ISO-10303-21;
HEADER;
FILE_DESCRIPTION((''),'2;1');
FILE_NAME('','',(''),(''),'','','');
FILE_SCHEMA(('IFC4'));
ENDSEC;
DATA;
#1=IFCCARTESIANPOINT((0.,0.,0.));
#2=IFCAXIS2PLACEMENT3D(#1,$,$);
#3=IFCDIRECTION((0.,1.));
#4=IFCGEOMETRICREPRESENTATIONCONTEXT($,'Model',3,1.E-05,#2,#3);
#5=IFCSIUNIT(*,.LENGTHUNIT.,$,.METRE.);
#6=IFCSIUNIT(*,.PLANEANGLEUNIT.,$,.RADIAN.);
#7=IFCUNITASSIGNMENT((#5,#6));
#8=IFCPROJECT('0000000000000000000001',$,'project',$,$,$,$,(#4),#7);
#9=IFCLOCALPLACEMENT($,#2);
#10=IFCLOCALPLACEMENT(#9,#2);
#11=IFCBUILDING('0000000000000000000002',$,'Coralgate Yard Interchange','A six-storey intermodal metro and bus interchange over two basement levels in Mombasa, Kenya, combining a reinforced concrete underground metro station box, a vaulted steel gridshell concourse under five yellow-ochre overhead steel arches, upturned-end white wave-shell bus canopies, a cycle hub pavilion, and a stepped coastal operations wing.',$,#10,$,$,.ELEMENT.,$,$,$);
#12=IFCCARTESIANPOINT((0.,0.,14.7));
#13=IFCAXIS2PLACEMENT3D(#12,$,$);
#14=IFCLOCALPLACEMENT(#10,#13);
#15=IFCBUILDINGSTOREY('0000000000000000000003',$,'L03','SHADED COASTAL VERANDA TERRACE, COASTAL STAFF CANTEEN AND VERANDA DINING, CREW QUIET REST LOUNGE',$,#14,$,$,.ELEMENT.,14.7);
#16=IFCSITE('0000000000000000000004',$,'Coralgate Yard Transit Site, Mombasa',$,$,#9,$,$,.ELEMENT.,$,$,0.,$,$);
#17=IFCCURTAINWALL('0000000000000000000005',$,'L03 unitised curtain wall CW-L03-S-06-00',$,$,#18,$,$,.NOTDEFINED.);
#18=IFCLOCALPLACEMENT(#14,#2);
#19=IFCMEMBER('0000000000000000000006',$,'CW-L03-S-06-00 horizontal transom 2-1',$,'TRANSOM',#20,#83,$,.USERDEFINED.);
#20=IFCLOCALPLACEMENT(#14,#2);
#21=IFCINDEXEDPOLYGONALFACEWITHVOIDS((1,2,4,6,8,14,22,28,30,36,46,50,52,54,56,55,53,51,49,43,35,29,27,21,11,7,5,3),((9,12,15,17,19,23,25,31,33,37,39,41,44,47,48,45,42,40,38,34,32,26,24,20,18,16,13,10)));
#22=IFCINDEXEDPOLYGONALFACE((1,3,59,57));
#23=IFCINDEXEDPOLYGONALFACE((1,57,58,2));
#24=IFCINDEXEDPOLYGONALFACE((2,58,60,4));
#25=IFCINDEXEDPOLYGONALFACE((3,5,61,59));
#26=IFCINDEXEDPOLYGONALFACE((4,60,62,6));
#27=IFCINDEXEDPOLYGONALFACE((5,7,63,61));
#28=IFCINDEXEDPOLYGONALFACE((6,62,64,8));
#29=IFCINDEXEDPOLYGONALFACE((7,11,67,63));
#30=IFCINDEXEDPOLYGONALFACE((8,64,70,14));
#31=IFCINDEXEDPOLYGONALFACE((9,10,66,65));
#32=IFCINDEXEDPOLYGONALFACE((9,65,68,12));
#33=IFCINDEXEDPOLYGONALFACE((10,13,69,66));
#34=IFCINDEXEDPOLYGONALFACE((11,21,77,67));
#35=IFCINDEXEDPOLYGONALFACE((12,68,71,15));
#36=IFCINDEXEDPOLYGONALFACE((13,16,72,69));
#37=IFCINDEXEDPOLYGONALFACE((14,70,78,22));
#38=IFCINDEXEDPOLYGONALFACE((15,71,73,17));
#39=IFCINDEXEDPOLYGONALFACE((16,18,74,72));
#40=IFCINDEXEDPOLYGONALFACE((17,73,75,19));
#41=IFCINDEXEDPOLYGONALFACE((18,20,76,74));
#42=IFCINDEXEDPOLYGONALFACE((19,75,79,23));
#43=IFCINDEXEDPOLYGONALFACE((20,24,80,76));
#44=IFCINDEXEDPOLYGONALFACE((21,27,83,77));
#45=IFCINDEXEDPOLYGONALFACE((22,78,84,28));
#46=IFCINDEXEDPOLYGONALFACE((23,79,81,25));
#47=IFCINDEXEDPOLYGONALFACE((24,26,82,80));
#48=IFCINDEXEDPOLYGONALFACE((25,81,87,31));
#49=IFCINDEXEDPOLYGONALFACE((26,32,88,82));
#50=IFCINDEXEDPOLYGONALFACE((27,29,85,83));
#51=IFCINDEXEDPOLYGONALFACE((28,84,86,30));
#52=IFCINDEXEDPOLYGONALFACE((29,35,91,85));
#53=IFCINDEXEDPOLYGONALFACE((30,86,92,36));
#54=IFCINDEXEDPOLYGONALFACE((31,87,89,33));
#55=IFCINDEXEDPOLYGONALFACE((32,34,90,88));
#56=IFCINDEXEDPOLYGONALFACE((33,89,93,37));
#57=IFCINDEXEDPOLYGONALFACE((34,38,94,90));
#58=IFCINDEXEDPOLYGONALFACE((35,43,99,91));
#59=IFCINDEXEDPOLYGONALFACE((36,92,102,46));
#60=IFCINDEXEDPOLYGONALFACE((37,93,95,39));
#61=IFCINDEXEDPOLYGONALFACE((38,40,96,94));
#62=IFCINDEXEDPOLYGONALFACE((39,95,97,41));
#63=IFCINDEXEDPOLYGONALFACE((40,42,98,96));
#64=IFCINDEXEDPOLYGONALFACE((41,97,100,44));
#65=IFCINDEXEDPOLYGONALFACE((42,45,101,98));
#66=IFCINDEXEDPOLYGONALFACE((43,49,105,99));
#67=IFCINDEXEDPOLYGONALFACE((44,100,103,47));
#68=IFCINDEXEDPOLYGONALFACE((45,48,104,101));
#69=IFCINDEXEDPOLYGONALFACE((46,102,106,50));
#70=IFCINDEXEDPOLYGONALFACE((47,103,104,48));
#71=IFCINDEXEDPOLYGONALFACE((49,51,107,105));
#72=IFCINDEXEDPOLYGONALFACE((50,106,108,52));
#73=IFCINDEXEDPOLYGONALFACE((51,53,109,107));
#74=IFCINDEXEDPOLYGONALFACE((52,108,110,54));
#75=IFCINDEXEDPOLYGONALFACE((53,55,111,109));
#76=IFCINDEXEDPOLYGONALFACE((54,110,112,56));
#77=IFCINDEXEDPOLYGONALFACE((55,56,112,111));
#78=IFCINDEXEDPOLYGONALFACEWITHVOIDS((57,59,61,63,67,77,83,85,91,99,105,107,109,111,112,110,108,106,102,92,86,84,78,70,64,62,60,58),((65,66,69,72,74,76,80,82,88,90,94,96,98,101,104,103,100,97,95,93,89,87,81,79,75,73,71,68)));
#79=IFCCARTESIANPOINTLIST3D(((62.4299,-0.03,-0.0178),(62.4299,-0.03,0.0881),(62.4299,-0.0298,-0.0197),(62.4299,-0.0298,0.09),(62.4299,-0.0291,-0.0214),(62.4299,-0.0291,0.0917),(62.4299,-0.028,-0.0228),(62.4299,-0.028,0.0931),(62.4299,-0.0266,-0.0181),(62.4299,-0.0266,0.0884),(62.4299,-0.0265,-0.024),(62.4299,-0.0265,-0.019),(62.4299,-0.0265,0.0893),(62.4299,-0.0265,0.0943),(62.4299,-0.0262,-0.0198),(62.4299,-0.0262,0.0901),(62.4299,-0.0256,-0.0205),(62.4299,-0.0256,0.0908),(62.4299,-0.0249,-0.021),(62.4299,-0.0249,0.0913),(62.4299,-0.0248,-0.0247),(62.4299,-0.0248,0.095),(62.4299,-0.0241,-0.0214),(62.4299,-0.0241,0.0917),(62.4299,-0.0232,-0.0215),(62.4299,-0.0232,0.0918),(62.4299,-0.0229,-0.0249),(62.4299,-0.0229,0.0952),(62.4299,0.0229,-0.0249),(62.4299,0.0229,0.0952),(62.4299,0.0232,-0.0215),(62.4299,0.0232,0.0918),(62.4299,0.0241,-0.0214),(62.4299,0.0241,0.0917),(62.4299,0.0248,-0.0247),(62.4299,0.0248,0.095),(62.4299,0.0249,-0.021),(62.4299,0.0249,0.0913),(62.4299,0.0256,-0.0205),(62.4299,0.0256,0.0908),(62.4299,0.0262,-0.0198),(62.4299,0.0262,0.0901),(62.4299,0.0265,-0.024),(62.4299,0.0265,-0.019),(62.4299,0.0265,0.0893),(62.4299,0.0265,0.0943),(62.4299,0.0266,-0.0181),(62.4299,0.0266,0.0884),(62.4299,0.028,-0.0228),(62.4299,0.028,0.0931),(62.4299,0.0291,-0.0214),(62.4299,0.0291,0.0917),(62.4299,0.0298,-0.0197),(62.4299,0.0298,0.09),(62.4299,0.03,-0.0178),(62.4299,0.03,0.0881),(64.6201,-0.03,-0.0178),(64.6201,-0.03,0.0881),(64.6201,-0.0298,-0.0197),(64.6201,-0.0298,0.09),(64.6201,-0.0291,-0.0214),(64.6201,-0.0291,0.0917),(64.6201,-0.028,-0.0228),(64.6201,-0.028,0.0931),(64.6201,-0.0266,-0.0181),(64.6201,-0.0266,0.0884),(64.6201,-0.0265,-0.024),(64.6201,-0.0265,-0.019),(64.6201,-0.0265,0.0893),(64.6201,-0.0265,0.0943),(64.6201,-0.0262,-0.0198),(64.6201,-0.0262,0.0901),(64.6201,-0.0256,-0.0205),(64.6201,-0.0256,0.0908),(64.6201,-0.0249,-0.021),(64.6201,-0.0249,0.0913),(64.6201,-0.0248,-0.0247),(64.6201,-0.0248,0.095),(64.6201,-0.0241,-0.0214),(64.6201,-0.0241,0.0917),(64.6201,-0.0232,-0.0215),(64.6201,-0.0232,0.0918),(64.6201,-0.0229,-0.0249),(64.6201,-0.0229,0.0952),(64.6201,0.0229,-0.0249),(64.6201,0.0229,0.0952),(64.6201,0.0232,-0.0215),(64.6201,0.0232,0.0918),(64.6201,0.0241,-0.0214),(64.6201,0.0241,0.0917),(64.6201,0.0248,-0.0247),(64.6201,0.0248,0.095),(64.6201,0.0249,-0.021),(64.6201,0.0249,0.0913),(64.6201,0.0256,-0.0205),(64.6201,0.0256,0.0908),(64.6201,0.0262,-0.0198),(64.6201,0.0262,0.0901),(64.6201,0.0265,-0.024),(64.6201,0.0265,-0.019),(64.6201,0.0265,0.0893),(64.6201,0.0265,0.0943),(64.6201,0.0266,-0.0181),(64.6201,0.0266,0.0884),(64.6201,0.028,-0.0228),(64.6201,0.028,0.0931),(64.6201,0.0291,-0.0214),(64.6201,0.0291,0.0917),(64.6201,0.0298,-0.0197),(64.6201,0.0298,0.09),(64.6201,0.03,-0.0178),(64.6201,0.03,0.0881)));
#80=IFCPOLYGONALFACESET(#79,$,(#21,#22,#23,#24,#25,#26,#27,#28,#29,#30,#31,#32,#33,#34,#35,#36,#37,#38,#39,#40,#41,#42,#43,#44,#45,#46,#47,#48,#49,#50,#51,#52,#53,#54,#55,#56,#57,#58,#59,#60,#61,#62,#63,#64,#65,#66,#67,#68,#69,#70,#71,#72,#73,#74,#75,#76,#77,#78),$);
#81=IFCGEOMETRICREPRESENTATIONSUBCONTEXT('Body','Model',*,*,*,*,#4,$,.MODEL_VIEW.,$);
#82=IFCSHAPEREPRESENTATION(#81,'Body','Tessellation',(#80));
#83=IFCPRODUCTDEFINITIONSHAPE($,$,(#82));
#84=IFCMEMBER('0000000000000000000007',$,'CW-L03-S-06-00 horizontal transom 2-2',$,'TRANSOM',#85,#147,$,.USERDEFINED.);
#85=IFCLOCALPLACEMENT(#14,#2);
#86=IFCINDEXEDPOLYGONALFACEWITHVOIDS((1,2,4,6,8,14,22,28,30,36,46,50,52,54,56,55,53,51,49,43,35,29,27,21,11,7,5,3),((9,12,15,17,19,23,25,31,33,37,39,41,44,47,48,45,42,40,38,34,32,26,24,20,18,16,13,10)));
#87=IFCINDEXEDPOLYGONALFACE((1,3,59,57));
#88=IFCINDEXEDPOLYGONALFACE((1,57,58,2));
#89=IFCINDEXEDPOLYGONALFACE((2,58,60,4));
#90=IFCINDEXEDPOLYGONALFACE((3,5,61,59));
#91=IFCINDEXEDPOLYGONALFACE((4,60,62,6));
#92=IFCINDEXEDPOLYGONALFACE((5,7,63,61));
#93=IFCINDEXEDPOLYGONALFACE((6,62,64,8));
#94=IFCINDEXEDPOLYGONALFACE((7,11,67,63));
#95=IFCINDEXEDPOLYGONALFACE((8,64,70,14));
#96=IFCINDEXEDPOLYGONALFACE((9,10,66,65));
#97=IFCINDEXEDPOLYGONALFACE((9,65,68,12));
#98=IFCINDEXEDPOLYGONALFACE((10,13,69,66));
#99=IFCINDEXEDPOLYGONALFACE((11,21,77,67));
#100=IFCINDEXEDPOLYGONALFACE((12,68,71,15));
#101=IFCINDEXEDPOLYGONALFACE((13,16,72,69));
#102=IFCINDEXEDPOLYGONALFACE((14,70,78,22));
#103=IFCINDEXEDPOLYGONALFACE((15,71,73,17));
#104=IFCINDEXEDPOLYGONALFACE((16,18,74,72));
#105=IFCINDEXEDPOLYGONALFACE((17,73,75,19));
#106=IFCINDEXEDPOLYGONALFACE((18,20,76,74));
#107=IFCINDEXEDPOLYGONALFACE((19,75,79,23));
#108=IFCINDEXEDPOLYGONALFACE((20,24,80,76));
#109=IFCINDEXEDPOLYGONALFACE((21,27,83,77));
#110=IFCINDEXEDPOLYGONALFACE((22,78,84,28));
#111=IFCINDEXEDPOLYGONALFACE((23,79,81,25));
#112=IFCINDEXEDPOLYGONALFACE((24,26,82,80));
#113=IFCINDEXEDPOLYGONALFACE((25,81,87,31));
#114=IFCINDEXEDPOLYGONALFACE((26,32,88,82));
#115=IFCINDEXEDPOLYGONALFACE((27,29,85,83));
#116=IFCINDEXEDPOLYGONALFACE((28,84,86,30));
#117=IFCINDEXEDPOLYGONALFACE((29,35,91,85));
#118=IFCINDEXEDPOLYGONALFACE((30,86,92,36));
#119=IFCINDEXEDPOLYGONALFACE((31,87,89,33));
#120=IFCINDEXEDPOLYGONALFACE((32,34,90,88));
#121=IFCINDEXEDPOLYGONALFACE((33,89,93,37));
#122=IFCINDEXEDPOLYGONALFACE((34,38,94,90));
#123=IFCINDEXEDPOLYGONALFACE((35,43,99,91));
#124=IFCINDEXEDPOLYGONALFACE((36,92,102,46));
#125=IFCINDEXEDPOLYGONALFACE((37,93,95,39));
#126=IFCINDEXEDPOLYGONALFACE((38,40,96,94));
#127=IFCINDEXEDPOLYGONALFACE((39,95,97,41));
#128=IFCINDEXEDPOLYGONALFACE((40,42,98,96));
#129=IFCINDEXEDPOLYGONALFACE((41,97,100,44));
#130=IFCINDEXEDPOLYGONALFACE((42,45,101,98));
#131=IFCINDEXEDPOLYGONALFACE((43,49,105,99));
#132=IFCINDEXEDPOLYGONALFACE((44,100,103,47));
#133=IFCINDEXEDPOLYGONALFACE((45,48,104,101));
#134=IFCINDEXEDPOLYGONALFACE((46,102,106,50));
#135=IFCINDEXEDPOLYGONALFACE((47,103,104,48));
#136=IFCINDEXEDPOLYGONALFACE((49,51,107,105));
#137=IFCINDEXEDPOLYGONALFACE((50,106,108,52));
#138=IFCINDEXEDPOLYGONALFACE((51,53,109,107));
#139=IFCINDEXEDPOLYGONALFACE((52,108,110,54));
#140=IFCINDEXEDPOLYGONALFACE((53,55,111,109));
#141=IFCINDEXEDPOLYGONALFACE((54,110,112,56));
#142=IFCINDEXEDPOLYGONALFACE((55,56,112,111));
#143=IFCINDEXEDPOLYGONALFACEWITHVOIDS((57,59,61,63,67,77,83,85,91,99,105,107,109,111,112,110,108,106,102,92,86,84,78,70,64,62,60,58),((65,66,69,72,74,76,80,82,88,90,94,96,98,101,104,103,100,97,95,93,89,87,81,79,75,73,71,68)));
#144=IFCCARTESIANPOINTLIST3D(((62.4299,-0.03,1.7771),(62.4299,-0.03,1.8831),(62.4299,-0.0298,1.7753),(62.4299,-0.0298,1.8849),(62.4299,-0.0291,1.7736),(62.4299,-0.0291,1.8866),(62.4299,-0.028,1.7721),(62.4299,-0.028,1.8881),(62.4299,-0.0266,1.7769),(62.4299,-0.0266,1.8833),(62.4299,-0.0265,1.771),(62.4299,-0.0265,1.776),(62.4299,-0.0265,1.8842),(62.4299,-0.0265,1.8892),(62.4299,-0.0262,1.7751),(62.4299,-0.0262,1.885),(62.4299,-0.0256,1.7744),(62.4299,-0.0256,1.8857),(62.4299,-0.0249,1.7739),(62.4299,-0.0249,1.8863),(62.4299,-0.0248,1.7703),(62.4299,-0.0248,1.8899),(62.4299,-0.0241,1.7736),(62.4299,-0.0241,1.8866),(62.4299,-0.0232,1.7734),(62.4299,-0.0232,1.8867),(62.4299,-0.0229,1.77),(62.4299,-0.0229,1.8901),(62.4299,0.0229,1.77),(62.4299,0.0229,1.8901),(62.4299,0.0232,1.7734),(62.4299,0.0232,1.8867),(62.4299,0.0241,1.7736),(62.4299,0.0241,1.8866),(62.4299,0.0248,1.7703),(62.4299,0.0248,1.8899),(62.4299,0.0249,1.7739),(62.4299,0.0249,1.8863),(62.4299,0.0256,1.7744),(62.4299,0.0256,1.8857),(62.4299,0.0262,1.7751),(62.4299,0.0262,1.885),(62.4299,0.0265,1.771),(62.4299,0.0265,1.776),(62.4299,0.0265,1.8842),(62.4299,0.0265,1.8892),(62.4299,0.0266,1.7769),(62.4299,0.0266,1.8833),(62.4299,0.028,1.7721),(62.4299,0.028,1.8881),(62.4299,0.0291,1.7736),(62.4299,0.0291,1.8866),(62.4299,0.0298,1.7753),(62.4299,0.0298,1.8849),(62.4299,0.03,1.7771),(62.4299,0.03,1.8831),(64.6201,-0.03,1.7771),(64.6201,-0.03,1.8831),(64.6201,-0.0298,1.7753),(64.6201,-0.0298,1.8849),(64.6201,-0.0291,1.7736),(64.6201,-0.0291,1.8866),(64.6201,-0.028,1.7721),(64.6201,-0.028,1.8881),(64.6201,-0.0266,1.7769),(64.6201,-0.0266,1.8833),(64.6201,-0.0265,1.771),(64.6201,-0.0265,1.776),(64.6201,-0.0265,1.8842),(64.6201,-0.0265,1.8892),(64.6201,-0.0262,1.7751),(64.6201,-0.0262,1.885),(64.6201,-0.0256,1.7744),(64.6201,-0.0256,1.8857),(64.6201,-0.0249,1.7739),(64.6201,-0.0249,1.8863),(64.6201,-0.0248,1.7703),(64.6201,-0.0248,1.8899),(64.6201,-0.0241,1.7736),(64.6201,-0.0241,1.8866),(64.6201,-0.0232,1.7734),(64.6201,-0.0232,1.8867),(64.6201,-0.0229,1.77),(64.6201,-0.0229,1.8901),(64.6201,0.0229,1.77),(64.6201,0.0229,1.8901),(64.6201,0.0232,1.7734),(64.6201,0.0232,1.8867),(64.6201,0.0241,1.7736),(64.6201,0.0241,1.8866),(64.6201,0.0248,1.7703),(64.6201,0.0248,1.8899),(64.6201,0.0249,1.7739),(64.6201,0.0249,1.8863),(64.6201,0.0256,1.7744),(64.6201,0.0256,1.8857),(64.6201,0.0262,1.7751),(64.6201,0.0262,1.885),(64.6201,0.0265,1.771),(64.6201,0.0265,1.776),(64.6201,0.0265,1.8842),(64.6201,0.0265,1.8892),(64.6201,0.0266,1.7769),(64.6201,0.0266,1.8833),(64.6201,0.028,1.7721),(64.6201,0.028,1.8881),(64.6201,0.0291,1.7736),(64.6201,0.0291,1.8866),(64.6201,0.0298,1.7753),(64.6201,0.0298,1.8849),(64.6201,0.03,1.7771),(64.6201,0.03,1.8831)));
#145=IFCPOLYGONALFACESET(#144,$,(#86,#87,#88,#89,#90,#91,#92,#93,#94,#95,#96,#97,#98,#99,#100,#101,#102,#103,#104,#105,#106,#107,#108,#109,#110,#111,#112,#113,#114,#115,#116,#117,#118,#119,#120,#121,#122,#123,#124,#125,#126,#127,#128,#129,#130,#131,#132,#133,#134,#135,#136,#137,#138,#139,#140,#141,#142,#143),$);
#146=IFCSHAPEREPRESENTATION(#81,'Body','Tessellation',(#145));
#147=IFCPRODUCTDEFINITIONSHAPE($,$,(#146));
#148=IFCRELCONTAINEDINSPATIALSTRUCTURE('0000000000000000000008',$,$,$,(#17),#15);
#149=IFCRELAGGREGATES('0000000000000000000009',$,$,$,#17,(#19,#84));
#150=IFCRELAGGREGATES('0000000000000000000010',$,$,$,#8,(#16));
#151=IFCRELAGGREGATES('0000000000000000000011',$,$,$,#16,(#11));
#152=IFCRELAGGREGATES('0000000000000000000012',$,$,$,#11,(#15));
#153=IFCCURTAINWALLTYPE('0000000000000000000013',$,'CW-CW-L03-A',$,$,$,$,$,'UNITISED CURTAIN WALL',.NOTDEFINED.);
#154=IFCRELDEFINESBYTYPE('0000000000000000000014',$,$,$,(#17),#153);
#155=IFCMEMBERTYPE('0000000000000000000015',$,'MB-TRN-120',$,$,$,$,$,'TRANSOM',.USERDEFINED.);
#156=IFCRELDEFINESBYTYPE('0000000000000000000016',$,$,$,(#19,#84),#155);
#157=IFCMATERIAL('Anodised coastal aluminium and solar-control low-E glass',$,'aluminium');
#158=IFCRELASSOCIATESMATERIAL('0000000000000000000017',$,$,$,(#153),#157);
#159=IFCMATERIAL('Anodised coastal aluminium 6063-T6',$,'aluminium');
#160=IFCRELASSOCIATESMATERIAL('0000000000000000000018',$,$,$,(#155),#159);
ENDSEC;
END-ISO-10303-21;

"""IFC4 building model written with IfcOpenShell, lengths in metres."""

from ifc_helpers import new_model, si_unit, direction, frame, origin, origin_2d, place, context, subcontext, project, spatial, hollow_rectangle, extrude, material, material_profile, profile_set, type_object, element, aggregate, save


model = new_model("IFC4")

# Units and contexts
model_context = context("Model", 3, precision=1e-05, world=origin(), true_north=direction((0.0, 1.0)))
body_context = subcontext(model_context, "Body", "Model", "MODEL_VIEW")
ifc_project = project(units=[si_unit("LENGTHUNIT", "METRE"), si_unit("PLANEANGLEUNIT", "RADIAN")], contexts=[model_context])

# Site, building, storey
site_placement = place(None, origin())
site = spatial("IfcSite", under=ifc_project, at=site_placement, Name="Coralgate Yard Transit Site, Mombasa", CompositionType="ELEMENT", RefElevation=0.0)
building_placement = place(site_placement, origin())
building = spatial("IfcBuilding", under=site, at=building_placement, Name="Coralgate Yard Interchange", Description="A six-storey intermodal metro and bus interchange over two basement levels in Mombasa, Kenya, combining a reinforced concrete underground metro station box, a vaulted steel gridshell concourse under five yellow-ochre overhead steel arches, upturned-end white wave-shell bus canopies, a cycle hub pavilion, and a stepped coastal operations wing.", CompositionType="ELEMENT")
storey_placement = place(building_placement, frame((0.0, 0.0, 14.7)))
storey = spatial("IfcBuildingStorey", under=building, at=storey_placement, Name="L03", Description="SHADED COASTAL VERANDA TERRACE, COASTAL STAFF CANTEEN AND VERANDA DINING, CREW QUIET REST LOUNGE", CompositionType="ELEMENT", Elevation=14.7)

# Curtain wall, members
ifc_material_1 = material(Name="Anodised coastal aluminium and solar-control low-E glass", Category="aluminium")
curtain_wall_type = type_object("IfcCurtainWallType", Name="CW-CW-L03-A", ElementType="UNITISED CURTAIN WALL", PredefinedType="NOTDEFINED", material=ifc_material_1)
curtain_wall_placement = place(storey_placement, origin())
curtain_wall = element("IfcCurtainWall", 1, at=curtain_wall_placement, inside=storey, type_object=curtain_wall_type, Name="L03 unitised curtain wall CW-L03-S-06-00", PredefinedType="NOTDEFINED")
ifc_material_2 = material(Name="Anodised coastal aluminium 6063-T6", Category="aluminium")
ifc_material_profile_1 = material_profile(ifc_material_2, hollow_rectangle(XDim=0.0601, YDim=0.1201, WallThickness=0.0034, InnerFilletRadius=0.0034, OuterFilletRadius=0.0071, at=origin_2d()), Name="ALU 60x120x3.5")
ifc_profile_set_1 = profile_set([ifc_material_profile_1], Name="Anodised coastal aluminium 6063-T6")
member_type_1 = type_object("IfcMemberType", Name="MB-TRN-120", ElementType="TRANSOM", PredefinedType="USERDEFINED", material=ifc_profile_set_1)
member_1_placement = place(storey_placement, frame((64.6201, 0.0, 0.0352), z_axis=(-1.0, 0.0, 0.0), x_axis=(0.0, -1.0, 0.0)))
member_1 = element("IfcMember", 2, at=member_1_placement, type_object=member_type_1, Name="CW-L03-S-06-00 horizontal transom 2-1", ObjectType="TRANSOM", PredefinedType="USERDEFINED", context=body_context, shape_type="SweptSolid", body=[
    extrude(hollow_rectangle(XDim=0.0601, YDim=0.1201, WallThickness=0.0034, InnerFilletRadius=0.0034, OuterFilletRadius=0.0071, at=origin_2d()), origin(), (0.0, 0.0, 1.0), 2.1902),
])
member_2_placement = place(storey_placement, frame((64.6201, 0.0, 1.8301), z_axis=(-1.0, 0.0, 0.0), x_axis=(0.0, -1.0, 0.0)))
member_2 = element("IfcMember", 3, at=member_2_placement, type_object=member_type_1, Name="CW-L03-S-06-00 horizontal transom 2-2", ObjectType="TRANSOM", PredefinedType="USERDEFINED", context=body_context, shape_type="SweptSolid", body=[
    extrude(hollow_rectangle(XDim=0.0601, YDim=0.1201, WallThickness=0.0034, InnerFilletRadius=0.0034, OuterFilletRadius=0.0071, at=origin_2d()), origin(), (0.0, 0.0, 1.0), 2.1902),
])
aggregate(curtain_wall, [member_1, member_2])

save(model, "model.ifc")
